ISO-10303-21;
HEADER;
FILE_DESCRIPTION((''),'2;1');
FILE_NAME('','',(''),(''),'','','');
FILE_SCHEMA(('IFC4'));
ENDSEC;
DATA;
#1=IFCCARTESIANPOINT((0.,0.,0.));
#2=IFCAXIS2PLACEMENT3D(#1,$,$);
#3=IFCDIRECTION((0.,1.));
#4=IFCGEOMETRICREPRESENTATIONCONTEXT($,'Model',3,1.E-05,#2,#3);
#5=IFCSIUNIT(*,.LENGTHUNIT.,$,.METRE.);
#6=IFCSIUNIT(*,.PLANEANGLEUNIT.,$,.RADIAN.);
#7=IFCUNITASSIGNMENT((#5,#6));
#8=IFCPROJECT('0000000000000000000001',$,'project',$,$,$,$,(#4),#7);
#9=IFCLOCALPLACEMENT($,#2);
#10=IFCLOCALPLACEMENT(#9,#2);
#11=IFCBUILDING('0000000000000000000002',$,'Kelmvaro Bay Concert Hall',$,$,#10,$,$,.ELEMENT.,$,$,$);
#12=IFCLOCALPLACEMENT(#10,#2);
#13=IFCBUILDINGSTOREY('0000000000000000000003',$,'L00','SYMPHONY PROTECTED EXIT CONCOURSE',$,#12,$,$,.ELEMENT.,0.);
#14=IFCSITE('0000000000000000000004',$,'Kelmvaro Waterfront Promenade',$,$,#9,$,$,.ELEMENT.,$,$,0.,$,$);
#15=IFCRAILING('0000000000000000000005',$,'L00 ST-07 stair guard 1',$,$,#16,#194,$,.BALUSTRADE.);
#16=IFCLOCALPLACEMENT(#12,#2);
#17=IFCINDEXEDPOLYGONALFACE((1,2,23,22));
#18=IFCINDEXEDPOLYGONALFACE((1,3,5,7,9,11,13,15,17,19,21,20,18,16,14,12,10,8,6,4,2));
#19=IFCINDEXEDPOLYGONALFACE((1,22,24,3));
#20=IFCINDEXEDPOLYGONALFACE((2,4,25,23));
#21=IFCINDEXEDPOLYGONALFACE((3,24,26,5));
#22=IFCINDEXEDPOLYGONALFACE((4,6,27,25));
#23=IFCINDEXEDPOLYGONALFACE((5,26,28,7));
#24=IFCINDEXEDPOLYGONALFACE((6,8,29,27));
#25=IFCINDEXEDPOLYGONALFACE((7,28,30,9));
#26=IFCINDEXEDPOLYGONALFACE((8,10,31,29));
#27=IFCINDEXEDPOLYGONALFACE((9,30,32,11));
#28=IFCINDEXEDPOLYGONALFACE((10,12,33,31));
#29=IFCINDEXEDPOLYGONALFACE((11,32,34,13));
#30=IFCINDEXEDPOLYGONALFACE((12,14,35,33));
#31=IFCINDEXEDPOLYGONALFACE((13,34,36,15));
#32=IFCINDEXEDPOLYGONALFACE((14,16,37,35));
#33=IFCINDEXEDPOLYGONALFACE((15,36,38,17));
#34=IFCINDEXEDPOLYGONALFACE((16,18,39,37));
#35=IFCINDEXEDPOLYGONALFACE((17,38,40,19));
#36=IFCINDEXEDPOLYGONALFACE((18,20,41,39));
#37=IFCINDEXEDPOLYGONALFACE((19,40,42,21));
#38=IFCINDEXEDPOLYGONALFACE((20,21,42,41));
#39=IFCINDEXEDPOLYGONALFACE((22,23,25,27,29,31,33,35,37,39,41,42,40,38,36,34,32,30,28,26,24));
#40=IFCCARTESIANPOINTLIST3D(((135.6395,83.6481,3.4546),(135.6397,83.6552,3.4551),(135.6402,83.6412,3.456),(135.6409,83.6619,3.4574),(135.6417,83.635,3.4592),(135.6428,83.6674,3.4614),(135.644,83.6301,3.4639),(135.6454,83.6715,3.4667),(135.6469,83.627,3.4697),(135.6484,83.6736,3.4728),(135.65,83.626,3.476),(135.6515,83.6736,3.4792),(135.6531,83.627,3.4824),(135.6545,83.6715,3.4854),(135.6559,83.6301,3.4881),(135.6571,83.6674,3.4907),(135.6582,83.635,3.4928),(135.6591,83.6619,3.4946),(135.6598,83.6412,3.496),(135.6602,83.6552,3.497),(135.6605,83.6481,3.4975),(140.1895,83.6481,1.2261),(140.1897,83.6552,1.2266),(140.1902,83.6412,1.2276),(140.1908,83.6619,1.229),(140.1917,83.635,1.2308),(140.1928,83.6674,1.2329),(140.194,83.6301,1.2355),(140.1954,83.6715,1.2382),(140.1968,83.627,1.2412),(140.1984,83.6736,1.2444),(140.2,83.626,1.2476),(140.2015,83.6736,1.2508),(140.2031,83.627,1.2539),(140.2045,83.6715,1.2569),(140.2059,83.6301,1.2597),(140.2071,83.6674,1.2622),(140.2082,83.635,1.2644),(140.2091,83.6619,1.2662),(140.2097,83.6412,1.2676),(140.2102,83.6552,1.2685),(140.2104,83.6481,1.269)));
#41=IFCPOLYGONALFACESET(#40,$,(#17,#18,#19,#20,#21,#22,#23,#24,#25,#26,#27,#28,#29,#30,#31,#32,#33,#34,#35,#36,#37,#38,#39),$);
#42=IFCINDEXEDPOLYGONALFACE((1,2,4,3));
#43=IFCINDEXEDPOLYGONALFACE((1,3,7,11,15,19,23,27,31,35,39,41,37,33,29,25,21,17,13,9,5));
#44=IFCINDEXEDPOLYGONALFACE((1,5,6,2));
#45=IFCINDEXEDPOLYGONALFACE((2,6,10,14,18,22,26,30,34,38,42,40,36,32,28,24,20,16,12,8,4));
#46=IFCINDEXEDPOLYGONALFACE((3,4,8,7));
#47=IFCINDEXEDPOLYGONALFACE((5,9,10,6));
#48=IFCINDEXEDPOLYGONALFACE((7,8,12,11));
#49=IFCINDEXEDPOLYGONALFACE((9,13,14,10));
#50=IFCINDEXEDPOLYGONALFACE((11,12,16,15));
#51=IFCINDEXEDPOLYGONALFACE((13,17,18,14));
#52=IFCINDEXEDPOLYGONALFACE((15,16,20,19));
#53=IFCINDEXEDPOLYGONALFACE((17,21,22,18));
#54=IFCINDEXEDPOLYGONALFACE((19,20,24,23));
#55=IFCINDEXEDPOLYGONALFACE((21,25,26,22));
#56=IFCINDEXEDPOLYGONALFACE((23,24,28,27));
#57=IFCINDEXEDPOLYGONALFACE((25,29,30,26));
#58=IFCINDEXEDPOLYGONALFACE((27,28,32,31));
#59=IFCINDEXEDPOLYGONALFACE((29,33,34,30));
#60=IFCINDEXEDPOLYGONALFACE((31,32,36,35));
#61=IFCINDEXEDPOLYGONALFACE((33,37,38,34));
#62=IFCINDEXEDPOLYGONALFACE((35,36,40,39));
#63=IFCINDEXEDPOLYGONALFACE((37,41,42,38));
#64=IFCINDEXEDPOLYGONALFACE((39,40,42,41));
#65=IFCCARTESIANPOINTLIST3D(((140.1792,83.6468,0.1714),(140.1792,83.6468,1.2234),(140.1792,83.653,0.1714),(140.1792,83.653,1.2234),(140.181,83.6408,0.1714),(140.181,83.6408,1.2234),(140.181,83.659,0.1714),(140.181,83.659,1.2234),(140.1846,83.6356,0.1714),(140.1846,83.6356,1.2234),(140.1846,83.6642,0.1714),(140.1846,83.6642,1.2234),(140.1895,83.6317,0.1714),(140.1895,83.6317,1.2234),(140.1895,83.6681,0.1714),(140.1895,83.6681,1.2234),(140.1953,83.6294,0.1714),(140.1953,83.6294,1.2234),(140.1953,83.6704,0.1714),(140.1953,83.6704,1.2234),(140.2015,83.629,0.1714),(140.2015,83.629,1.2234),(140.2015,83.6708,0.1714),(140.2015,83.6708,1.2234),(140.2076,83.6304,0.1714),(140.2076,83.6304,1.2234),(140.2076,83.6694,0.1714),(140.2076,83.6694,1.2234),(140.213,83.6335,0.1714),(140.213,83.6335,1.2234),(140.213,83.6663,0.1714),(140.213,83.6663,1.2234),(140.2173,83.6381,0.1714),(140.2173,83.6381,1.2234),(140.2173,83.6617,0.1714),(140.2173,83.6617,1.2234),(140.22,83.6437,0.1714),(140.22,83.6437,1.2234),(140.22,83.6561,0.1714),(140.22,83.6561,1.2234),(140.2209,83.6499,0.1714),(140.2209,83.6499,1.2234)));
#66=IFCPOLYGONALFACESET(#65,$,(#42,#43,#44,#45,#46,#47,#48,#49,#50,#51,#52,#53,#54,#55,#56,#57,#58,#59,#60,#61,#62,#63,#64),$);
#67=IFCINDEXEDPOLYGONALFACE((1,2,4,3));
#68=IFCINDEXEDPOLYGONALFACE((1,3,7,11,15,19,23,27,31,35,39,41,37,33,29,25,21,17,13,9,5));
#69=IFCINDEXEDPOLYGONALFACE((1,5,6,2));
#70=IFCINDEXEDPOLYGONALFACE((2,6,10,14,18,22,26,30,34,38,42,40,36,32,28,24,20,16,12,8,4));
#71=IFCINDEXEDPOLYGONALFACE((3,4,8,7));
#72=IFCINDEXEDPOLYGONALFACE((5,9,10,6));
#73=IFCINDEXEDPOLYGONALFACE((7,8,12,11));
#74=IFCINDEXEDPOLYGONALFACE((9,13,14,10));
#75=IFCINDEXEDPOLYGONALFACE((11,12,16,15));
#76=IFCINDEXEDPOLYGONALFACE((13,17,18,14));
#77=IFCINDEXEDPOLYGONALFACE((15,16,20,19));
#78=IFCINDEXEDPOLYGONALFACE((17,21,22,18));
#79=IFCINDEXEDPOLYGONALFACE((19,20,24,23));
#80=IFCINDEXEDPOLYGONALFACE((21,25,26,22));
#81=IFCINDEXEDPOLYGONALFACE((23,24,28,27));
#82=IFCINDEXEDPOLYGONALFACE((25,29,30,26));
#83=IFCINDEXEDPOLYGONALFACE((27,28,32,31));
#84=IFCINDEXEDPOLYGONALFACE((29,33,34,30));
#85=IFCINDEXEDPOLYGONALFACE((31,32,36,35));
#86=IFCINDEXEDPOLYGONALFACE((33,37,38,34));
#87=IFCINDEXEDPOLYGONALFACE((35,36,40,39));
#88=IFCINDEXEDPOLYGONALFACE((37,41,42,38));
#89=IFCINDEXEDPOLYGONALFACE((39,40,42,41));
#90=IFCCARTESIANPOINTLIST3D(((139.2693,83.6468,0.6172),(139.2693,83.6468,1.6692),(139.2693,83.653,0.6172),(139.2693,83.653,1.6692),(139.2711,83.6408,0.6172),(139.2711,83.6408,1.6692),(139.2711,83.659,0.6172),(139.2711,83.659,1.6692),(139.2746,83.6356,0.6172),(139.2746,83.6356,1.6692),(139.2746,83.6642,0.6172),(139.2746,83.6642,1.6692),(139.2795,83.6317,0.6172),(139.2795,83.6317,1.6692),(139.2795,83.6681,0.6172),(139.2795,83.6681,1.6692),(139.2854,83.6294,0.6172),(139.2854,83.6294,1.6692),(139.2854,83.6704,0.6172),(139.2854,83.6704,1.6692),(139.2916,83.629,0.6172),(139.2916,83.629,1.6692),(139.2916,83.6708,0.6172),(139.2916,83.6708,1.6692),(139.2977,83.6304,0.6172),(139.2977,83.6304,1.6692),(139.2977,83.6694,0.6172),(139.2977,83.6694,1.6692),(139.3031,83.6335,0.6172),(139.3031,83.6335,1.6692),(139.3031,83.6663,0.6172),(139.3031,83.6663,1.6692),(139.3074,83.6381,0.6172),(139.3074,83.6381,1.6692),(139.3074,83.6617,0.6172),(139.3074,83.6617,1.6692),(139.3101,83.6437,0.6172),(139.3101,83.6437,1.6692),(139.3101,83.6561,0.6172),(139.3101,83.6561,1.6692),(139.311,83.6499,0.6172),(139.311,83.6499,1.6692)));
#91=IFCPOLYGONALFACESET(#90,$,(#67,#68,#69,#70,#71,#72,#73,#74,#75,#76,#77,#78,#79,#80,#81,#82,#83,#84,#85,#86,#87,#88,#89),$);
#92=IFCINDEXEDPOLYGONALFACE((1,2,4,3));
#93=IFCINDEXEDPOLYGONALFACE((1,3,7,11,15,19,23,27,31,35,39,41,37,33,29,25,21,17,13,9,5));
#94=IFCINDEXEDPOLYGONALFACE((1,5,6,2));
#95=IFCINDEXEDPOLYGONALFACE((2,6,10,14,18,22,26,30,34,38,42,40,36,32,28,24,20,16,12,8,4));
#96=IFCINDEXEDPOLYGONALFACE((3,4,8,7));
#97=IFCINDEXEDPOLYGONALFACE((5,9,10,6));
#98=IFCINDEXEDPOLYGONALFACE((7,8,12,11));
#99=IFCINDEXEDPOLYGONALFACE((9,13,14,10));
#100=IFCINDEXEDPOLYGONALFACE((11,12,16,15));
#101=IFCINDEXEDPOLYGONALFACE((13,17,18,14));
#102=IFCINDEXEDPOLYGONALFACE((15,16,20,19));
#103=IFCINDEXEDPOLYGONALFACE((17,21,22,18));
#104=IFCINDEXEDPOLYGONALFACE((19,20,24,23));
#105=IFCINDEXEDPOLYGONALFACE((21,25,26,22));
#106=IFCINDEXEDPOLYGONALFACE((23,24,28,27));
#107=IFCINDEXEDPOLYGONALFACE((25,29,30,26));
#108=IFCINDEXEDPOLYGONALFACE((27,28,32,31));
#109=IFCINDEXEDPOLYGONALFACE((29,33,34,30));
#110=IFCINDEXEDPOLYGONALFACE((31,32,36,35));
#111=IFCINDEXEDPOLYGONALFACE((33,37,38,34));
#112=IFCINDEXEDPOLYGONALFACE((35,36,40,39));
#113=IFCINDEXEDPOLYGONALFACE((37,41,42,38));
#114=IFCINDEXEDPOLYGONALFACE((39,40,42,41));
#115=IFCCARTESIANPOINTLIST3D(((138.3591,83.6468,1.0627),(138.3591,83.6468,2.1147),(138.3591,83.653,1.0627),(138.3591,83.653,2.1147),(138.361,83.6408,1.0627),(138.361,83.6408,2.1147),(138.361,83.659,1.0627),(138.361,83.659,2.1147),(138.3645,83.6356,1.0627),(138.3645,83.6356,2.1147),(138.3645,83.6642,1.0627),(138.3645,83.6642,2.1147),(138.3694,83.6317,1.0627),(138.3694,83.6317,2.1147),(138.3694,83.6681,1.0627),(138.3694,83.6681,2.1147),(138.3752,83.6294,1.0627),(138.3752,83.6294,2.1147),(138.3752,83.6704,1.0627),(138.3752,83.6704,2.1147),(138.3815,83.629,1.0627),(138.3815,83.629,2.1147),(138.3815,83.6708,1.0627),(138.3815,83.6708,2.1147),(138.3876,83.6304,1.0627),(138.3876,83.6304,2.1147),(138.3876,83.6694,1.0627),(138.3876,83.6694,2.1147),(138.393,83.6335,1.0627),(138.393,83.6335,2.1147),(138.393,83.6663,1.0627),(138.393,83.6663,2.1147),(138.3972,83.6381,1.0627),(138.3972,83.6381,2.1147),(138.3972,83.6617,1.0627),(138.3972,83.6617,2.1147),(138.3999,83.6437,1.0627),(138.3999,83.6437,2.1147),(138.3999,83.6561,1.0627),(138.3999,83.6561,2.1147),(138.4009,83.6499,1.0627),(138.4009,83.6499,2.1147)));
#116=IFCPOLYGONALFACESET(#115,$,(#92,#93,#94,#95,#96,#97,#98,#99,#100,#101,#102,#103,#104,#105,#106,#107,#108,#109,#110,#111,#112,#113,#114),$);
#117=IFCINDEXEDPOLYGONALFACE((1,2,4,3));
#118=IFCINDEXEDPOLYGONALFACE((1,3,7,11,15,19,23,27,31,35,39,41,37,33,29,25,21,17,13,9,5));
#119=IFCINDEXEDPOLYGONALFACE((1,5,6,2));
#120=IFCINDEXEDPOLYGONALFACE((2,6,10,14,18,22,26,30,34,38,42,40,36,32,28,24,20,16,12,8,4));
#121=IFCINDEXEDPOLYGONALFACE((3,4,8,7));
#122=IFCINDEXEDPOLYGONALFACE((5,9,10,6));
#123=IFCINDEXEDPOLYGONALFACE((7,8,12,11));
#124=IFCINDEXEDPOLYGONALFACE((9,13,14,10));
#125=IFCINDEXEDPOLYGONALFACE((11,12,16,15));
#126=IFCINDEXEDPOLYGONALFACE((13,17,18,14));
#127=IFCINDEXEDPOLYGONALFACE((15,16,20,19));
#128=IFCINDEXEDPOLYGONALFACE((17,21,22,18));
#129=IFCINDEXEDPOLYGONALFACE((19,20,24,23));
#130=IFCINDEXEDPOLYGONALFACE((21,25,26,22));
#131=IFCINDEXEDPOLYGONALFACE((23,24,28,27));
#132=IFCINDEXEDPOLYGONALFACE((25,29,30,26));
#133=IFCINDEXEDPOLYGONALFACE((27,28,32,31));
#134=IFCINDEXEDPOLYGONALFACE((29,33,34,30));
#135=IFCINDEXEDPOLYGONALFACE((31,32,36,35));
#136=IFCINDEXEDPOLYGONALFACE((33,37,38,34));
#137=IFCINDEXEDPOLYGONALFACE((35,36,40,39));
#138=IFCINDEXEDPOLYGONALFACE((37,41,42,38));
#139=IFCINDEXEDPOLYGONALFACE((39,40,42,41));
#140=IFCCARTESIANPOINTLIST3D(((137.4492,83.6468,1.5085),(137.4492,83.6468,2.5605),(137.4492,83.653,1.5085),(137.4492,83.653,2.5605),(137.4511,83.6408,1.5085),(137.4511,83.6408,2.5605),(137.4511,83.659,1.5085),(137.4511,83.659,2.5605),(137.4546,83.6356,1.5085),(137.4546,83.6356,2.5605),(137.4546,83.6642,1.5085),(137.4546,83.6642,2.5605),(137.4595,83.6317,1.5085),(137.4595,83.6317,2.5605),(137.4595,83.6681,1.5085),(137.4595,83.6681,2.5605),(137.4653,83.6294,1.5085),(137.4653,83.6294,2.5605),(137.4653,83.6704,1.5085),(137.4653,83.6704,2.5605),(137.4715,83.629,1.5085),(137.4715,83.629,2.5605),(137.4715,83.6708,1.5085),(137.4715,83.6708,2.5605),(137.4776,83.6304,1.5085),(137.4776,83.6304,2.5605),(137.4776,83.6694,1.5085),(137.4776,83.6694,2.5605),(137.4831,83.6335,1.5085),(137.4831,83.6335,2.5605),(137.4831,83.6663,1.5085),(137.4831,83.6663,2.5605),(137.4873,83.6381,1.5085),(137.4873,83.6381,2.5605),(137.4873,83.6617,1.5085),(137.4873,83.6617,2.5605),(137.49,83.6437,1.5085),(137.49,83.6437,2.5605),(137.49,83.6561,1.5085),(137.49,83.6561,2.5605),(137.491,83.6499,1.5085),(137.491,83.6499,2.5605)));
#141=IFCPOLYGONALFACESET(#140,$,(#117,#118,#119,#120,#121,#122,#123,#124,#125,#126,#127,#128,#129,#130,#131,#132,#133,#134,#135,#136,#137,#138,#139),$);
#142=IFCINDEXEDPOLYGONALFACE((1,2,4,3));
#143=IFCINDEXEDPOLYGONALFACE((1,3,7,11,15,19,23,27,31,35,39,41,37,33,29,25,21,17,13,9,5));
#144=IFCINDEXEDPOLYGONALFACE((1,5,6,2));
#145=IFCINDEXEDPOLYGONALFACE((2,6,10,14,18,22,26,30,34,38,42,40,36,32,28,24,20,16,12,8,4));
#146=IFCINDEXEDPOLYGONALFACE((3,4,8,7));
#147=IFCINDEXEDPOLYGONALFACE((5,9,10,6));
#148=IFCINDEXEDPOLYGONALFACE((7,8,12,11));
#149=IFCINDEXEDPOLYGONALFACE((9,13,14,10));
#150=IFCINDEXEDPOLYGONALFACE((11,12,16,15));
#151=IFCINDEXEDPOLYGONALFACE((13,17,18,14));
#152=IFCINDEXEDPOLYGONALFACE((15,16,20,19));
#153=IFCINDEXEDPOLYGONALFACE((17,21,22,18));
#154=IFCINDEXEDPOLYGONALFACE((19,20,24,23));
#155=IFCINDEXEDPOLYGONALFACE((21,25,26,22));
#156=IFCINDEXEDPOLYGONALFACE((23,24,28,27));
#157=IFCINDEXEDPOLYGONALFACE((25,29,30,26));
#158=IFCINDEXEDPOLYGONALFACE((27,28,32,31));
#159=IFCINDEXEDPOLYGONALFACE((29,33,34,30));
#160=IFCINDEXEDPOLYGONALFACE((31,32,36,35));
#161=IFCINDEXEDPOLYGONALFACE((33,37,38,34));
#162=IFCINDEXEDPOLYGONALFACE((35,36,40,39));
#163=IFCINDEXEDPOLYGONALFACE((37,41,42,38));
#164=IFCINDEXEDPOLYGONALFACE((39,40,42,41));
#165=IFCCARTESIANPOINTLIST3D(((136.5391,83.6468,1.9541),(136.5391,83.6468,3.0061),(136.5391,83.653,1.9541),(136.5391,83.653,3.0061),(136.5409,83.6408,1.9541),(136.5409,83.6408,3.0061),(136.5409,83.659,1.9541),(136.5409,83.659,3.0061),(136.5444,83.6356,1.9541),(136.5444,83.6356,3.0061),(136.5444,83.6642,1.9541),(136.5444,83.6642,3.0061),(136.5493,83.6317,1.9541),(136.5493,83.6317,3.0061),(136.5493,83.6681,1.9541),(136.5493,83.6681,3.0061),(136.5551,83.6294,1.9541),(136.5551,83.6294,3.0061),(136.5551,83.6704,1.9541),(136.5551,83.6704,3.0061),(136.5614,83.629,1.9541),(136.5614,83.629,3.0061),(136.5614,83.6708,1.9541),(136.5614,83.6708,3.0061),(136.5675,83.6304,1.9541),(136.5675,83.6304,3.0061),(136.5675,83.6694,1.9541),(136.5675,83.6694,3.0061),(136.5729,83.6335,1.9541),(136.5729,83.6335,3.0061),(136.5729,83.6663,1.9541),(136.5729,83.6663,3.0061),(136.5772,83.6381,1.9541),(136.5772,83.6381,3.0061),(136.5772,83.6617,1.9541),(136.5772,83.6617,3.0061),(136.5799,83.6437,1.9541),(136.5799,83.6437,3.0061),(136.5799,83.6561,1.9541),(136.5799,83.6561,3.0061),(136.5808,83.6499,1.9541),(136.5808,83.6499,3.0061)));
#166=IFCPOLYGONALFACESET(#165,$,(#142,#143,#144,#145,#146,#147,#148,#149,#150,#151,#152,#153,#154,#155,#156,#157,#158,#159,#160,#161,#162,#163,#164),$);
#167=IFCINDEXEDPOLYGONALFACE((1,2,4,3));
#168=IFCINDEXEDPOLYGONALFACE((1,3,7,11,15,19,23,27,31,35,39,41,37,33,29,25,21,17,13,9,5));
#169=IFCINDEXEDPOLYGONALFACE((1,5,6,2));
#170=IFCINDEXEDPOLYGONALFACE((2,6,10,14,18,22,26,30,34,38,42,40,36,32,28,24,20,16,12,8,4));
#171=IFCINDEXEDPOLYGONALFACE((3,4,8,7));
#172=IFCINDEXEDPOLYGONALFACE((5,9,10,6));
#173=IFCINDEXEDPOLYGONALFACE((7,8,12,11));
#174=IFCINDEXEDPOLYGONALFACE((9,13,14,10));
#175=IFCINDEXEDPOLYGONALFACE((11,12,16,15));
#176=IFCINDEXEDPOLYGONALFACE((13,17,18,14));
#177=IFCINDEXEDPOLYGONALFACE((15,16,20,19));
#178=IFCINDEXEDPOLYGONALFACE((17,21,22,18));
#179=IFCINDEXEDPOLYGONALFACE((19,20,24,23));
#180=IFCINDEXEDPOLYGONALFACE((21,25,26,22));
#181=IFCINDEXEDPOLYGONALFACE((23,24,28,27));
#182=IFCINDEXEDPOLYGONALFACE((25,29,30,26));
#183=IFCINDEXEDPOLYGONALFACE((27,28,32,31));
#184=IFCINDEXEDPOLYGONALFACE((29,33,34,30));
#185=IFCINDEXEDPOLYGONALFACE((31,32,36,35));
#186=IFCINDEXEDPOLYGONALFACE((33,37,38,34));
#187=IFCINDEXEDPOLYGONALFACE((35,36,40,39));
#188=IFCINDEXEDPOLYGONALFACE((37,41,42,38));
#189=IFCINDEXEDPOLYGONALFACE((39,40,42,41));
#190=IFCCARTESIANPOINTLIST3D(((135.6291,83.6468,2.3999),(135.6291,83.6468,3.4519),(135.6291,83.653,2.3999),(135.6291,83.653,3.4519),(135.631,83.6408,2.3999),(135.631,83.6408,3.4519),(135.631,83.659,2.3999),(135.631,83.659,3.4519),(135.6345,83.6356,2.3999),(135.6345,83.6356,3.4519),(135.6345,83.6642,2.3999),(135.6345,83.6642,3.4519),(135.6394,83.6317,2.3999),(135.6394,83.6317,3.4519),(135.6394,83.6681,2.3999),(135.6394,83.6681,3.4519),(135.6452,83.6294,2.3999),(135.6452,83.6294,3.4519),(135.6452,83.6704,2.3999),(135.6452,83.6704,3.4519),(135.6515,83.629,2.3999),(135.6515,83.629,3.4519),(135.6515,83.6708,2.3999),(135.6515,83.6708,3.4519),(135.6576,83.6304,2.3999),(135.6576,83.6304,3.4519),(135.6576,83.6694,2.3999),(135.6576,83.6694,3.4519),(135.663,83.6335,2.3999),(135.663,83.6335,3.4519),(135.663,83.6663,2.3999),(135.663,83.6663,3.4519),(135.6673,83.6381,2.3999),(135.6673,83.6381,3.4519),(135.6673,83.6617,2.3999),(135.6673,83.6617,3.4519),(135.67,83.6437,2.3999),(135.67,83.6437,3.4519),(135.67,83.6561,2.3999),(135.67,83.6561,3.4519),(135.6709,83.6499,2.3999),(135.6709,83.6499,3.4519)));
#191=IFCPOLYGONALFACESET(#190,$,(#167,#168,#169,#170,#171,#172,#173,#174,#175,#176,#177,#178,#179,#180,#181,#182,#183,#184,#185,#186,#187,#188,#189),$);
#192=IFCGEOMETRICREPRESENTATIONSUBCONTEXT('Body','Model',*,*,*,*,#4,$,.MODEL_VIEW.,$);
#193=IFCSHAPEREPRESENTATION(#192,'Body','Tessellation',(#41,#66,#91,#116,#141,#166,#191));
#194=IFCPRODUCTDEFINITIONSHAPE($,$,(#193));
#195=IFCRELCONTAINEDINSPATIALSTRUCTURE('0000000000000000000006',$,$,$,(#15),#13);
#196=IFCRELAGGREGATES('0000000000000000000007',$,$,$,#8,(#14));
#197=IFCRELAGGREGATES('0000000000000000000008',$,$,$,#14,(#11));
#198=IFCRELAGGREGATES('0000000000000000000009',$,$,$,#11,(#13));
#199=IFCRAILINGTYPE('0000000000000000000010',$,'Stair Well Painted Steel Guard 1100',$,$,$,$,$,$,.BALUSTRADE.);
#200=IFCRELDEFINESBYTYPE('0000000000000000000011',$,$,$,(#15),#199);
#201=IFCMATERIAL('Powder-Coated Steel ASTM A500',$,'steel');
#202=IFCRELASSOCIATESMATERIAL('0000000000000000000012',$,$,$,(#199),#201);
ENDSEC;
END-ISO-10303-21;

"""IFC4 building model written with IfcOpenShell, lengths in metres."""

from ifc_helpers import new_model, si_unit, direction, frame, origin, origin_2d, place, context, subcontext, project, spatial, circle, extrude, material, type_object, element, save


model = new_model("IFC4")

# Units and contexts
model_context = context("Model", 3, precision=1e-05, world=origin(), true_north=direction((0.0, 1.0)))
body_context = subcontext(model_context, "Body", "Model", "MODEL_VIEW")
ifc_project = project(units=[si_unit("LENGTHUNIT", "METRE"), si_unit("PLANEANGLEUNIT", "RADIAN")], contexts=[model_context])

# Site, building, storey
site_placement = place(None, origin())
site = spatial("IfcSite", under=ifc_project, at=site_placement, Name="Kelmvaro Waterfront Promenade", CompositionType="ELEMENT", RefElevation=0.0)
building_placement = place(site_placement, origin())
building = spatial("IfcBuilding", under=site, at=building_placement, Name="Kelmvaro Bay Concert Hall", CompositionType="ELEMENT")
storey_placement = place(building_placement, origin())
storey = spatial("IfcBuildingStorey", under=building, at=storey_placement, Name="L00", Description="SYMPHONY PROTECTED EXIT CONCOURSE", CompositionType="ELEMENT", Elevation=0.0)

# Railing
ifc_material_1 = material(Name="Powder-Coated Steel ASTM A500", Category="steel")
railing_type_1 = type_object("IfcRailingType", Name="Stair Well Painted Steel Guard 1100", PredefinedType="BALUSTRADE", material=ifc_material_1)
railing_1_placement = place(storey_placement, frame((140.2, 83.6499, 0.1714)))
element("IfcRailing", 1, at=railing_1_placement, inside=storey, type_object=railing_type_1, Name="L00 ST-07 stair guard 1", PredefinedType="BALUSTRADE", context=body_context, shape_type="SweptSolid", body=[
    extrude(circle(Radius=0.0239, at=origin_2d()), frame((0.0, 0.0, 1.0762), z_axis=(-0.898069, 0.0, 0.439855), x_axis=(0.0, -1.0, 0.0)), (0.0, 0.0, 1.0), 5.0664),
    extrude(circle(Radius=0.021, at=origin_2d()), origin(), (0.0, 0.0, 1.0), 1.052),
    extrude(circle(Radius=0.021, at=origin_2d()), frame((-0.9099, 0.0, 0.4458)), (0.0, 0.0, 1.0), 1.052),
    extrude(circle(Radius=0.021, at=origin_2d()), frame((-1.8201, 0.0, 0.8914)), (0.0, 0.0, 1.0), 1.052),
    extrude(circle(Radius=0.021, at=origin_2d()), frame((-2.73, 0.0, 1.3372)), (0.0, 0.0, 1.0), 1.052),
    extrude(circle(Radius=0.021, at=origin_2d()), frame((-3.6401, 0.0, 1.7827)), (0.0, 0.0, 1.0), 1.052),
    extrude(circle(Radius=0.021, at=origin_2d()), frame((-4.55, 0.0, 2.2285)), (0.0, 0.0, 1.0), 1.052),
])

save(model, "model.ifc")
